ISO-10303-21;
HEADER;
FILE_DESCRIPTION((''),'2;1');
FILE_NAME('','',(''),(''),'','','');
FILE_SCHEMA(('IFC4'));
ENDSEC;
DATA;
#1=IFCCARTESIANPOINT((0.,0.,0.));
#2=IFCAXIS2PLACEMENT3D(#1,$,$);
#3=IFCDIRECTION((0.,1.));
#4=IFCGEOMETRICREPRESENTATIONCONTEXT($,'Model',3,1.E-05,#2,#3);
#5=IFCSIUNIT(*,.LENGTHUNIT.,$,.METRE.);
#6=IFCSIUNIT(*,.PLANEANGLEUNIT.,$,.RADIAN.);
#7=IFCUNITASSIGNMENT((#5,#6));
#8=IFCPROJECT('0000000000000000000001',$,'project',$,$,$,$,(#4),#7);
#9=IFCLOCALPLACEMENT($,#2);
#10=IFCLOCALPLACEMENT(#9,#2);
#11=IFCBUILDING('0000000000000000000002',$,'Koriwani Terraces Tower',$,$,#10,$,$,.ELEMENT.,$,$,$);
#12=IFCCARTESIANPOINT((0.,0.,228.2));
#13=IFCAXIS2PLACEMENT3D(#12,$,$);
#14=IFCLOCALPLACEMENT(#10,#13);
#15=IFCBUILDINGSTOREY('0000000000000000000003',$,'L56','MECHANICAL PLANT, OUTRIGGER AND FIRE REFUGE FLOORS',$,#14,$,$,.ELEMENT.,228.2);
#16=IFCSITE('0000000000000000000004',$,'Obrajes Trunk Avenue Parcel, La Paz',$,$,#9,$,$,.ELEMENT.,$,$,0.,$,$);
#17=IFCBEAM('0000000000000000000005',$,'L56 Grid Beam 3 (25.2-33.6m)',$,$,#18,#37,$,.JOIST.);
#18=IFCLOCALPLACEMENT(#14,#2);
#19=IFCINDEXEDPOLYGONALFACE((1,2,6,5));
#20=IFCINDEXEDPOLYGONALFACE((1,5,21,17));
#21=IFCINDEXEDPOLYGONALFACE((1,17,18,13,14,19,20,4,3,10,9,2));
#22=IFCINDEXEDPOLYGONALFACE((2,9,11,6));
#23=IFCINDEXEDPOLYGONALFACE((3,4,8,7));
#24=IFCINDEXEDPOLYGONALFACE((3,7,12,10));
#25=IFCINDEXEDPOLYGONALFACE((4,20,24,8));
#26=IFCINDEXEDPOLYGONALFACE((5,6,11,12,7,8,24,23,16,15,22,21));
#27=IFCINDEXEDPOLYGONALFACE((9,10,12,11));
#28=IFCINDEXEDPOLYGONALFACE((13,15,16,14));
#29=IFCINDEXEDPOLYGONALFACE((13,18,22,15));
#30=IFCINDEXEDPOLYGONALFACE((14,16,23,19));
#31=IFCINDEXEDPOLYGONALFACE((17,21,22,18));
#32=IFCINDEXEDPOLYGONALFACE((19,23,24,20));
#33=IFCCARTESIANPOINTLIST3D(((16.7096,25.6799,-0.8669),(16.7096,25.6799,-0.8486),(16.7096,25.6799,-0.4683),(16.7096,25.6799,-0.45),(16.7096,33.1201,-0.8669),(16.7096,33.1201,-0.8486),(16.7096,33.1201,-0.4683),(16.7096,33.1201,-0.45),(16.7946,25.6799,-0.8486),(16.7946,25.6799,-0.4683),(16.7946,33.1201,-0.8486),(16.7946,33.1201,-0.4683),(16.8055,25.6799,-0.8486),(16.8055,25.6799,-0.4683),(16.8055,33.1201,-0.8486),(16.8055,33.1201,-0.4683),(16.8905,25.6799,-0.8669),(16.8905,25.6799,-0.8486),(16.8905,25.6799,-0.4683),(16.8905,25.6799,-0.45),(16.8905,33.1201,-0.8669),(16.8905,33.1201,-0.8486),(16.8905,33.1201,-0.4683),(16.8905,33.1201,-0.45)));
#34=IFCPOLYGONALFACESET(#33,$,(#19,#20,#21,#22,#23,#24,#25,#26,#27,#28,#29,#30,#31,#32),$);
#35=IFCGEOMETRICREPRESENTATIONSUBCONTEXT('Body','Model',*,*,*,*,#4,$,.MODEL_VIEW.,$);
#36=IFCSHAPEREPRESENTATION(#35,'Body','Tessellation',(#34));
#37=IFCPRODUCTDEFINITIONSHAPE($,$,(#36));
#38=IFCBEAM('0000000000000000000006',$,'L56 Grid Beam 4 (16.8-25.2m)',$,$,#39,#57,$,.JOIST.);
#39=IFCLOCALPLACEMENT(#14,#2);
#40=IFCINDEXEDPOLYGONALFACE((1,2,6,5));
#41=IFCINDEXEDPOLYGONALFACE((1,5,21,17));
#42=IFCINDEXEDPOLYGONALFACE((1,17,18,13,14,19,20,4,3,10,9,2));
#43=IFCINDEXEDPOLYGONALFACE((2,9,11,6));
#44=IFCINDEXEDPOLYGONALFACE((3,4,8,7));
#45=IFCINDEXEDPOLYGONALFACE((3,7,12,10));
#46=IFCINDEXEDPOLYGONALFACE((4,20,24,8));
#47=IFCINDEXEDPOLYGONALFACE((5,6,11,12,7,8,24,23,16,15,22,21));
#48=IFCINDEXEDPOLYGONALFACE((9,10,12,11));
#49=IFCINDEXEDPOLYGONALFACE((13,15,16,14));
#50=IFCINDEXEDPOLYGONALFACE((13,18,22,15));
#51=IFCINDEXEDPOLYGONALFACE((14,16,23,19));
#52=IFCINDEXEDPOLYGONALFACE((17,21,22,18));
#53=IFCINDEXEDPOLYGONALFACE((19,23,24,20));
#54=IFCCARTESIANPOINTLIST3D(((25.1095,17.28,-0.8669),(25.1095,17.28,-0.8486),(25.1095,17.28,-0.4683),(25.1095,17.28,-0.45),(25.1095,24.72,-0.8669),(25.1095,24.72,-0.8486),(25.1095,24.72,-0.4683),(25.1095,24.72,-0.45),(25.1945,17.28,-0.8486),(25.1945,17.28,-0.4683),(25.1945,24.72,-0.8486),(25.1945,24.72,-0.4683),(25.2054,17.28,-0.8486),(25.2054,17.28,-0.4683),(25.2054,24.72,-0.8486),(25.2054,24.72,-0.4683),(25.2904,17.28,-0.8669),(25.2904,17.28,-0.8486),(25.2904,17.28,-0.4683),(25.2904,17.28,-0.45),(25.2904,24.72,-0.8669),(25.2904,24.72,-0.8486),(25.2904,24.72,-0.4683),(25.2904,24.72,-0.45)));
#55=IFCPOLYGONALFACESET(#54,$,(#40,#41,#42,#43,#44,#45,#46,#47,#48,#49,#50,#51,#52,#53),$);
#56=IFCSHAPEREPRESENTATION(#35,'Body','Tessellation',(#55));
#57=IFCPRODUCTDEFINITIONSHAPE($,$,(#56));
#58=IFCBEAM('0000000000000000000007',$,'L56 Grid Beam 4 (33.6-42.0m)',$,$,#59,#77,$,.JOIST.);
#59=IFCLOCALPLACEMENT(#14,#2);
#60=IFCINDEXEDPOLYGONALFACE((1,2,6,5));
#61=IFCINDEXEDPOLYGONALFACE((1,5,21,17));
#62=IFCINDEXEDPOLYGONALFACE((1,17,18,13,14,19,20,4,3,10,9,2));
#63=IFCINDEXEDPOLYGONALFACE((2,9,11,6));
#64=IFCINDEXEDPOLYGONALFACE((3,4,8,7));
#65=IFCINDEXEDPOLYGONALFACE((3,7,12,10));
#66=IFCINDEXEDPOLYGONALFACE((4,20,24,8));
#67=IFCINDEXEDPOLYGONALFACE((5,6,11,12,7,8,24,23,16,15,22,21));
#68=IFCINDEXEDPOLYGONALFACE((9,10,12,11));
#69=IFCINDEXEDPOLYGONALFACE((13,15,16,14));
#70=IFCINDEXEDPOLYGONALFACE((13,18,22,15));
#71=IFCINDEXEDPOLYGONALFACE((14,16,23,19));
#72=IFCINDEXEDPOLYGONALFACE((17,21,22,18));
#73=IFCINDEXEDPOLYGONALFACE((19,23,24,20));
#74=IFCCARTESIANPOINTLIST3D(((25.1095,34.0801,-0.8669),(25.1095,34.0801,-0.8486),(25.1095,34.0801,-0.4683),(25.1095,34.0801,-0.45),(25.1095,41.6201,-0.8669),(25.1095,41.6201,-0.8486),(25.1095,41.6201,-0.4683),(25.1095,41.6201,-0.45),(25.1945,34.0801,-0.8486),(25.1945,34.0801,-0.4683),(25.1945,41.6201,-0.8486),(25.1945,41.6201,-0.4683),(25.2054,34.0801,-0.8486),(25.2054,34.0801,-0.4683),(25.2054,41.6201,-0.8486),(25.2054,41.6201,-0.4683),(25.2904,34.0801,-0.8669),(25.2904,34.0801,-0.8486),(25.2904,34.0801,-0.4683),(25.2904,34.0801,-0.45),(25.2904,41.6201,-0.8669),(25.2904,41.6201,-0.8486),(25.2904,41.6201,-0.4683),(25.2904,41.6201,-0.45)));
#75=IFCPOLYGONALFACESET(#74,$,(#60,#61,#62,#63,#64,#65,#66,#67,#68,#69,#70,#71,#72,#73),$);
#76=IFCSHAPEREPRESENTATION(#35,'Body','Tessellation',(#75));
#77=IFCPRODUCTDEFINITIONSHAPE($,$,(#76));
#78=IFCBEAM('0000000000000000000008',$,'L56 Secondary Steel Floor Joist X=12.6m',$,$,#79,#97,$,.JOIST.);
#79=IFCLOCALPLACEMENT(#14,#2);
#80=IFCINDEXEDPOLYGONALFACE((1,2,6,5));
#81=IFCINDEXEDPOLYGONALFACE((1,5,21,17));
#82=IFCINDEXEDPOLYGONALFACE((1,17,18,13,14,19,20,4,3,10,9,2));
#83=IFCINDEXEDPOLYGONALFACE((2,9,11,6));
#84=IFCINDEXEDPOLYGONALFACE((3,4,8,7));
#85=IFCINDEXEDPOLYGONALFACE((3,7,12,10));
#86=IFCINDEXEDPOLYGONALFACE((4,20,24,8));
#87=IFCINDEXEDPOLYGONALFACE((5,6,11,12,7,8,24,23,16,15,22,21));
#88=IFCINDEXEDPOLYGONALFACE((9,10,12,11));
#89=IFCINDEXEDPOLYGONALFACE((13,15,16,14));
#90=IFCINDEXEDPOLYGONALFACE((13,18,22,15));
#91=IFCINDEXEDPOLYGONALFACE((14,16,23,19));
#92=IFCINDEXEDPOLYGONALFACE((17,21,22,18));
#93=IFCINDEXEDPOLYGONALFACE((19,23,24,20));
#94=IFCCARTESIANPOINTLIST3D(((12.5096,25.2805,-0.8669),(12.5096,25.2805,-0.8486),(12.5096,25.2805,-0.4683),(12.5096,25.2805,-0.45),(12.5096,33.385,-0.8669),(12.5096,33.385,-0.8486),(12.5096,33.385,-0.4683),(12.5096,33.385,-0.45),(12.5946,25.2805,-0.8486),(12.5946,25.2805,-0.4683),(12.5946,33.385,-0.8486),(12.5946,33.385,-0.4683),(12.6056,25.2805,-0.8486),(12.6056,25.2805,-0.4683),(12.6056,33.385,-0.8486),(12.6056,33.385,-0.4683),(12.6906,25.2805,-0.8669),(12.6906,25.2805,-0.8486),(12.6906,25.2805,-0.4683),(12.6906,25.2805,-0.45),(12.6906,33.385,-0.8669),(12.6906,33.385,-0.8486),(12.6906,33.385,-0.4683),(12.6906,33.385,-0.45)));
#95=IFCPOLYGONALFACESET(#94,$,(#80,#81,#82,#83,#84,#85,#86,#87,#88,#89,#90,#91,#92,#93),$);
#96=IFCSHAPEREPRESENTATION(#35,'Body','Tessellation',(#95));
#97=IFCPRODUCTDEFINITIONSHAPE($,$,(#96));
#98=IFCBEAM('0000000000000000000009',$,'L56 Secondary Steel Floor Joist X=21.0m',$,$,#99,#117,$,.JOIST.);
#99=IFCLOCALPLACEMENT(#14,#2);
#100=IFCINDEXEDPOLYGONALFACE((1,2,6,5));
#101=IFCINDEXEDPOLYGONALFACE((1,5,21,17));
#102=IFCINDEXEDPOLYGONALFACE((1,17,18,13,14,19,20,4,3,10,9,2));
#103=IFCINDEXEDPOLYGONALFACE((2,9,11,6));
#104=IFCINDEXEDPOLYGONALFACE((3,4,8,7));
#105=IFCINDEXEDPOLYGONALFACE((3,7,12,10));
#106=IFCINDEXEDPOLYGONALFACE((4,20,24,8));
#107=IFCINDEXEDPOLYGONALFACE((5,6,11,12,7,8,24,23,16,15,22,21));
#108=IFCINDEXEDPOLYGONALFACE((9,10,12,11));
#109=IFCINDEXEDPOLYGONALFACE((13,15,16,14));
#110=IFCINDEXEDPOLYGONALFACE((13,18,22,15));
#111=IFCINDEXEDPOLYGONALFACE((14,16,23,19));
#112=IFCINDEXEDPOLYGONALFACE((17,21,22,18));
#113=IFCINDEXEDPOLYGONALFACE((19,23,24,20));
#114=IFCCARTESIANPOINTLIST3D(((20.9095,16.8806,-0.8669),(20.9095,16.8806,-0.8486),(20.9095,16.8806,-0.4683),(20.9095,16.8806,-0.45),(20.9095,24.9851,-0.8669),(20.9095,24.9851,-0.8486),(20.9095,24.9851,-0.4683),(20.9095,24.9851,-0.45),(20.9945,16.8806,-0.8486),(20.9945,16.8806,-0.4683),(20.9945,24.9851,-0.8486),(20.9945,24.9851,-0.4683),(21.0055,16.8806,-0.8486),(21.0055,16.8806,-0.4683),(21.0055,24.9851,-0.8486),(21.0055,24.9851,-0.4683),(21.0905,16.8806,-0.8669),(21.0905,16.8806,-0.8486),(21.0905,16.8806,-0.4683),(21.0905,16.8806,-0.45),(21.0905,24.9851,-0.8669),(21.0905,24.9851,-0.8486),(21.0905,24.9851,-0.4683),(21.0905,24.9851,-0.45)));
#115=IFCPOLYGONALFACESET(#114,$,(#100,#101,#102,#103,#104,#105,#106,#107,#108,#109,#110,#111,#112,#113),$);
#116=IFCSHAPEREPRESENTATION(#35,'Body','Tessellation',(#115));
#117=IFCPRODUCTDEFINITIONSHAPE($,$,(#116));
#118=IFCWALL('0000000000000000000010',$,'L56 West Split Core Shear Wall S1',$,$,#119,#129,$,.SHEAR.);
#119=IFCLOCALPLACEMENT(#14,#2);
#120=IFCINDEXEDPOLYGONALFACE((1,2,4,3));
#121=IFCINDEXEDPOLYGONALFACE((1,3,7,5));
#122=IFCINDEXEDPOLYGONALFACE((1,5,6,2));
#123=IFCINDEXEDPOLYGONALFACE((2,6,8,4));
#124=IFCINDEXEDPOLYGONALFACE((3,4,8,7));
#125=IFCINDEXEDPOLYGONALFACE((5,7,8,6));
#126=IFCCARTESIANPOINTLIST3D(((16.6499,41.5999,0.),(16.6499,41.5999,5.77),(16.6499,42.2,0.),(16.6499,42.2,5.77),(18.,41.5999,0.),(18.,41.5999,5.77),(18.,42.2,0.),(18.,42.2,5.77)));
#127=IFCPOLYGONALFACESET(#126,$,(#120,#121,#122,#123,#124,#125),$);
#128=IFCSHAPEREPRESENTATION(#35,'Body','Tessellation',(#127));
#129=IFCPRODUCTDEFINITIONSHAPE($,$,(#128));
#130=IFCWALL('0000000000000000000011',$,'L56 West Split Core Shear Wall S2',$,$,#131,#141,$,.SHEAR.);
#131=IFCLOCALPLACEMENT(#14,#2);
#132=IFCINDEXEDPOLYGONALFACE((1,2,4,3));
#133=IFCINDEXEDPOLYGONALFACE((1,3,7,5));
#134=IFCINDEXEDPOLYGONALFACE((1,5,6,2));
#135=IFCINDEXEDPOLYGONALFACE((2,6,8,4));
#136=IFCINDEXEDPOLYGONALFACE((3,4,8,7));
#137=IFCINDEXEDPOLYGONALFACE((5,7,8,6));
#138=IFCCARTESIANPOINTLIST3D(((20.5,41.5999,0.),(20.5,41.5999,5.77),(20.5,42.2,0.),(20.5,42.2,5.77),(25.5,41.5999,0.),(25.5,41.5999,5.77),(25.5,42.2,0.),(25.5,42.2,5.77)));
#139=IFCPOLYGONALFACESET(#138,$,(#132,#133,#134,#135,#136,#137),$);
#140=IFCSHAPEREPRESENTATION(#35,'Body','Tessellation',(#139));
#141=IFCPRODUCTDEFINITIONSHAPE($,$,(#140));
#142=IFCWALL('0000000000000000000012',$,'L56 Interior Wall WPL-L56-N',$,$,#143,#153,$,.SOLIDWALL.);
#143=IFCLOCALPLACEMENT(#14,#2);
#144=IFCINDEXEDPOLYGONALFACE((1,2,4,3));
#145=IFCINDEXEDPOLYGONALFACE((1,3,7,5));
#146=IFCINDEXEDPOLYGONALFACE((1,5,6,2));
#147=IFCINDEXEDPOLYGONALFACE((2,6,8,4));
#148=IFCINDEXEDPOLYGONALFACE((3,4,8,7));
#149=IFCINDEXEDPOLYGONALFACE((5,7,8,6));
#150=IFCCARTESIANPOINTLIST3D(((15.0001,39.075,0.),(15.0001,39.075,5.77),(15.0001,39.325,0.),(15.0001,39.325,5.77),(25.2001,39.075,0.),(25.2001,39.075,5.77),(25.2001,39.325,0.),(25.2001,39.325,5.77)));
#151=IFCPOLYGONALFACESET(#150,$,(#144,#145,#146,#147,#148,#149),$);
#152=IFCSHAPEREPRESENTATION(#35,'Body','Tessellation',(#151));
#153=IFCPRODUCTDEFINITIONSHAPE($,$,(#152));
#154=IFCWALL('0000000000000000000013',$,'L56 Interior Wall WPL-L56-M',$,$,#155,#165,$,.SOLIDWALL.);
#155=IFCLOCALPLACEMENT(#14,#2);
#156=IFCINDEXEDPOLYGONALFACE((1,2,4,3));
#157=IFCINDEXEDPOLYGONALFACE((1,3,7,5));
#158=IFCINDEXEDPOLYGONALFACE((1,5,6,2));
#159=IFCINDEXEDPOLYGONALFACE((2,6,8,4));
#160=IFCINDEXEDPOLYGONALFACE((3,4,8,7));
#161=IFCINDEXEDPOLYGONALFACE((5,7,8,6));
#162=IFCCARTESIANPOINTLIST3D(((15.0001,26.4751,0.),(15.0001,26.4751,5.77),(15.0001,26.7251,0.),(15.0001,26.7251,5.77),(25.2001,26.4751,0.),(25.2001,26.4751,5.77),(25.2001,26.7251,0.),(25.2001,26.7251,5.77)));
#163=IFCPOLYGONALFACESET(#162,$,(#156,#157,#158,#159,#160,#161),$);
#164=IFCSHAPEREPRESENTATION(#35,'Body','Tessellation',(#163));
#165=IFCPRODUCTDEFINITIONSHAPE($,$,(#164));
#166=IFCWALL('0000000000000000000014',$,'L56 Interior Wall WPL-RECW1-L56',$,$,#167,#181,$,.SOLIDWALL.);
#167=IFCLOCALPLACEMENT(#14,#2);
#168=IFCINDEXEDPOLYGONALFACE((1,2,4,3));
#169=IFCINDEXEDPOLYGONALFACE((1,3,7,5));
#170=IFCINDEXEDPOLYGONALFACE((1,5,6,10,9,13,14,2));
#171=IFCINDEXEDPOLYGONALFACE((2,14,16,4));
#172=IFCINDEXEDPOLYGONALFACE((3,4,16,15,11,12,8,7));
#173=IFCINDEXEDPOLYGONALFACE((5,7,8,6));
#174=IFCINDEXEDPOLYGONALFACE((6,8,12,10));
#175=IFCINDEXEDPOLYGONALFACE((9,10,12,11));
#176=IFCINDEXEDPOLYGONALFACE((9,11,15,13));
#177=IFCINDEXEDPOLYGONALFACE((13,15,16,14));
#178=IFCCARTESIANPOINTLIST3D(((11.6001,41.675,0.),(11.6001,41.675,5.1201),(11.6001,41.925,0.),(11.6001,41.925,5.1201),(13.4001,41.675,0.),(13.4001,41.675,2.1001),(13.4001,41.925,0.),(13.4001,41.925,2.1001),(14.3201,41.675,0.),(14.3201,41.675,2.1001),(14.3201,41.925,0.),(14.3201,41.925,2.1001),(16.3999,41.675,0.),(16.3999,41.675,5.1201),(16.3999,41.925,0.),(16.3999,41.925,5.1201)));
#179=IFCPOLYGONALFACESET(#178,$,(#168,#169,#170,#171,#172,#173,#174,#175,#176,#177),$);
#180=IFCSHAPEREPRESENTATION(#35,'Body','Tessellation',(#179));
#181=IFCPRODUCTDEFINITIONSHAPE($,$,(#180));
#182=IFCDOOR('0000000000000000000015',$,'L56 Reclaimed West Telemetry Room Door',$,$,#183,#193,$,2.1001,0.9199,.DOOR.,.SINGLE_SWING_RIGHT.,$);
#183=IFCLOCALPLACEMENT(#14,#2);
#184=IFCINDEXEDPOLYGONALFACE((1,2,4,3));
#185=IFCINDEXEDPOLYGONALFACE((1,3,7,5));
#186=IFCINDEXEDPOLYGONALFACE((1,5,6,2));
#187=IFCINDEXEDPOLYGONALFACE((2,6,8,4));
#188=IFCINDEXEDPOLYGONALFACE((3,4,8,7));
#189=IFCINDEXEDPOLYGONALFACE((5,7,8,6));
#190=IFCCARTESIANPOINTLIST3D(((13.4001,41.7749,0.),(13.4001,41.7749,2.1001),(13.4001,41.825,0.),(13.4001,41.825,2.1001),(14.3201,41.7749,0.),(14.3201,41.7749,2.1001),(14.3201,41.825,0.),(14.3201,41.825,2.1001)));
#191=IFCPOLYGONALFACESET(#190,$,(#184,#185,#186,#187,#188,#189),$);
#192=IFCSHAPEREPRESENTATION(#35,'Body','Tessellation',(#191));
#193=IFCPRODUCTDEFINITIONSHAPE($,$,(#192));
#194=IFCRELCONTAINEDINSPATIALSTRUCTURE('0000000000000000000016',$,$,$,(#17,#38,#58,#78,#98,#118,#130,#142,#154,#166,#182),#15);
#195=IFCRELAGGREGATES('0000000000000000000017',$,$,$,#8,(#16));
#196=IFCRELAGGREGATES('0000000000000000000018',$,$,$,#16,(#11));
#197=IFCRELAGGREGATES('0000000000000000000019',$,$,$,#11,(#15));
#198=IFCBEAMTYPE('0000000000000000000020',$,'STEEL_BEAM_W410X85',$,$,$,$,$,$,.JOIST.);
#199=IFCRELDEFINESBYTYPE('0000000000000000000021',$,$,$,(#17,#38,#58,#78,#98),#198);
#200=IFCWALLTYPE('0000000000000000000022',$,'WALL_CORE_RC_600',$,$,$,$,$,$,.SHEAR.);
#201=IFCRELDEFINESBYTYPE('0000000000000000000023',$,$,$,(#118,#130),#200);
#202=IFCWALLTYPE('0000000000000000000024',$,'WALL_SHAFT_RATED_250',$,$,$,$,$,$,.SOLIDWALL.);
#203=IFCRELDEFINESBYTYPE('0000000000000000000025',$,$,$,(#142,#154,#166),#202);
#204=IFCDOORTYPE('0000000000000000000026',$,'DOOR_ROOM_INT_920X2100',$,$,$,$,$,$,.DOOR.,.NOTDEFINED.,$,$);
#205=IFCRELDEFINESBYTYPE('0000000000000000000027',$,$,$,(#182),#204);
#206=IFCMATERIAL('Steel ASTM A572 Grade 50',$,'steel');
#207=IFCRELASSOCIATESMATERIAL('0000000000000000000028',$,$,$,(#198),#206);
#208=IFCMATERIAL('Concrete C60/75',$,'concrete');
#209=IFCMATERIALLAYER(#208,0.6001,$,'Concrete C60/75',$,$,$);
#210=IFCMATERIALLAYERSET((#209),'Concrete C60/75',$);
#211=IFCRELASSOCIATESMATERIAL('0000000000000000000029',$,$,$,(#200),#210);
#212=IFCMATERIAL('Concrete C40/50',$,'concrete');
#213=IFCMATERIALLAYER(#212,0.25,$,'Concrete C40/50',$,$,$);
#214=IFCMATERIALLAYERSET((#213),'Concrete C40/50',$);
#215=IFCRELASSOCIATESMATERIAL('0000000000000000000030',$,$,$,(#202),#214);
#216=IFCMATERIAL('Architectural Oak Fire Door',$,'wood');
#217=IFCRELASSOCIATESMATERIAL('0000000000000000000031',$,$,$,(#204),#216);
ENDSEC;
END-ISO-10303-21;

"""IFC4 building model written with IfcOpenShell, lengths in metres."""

from ifc_helpers import new_model, si_unit, direction, frame, frame_2d, origin, origin_2d, place, context, subcontext, project, spatial, rectangle, i_section, extrude, material, layer, layer_set, material_profile, profile_set, type_object, element, fill, save


model = new_model("IFC4")

# Units and contexts
model_context = context("Model", 3, precision=1e-05, world=origin(), true_north=direction((0.0, 1.0)))
body_context = subcontext(model_context, "Body", "Model", "MODEL_VIEW")
ifc_project = project(units=[si_unit("LENGTHUNIT", "METRE"), si_unit("PLANEANGLEUNIT", "RADIAN")], contexts=[model_context])

# Site, building, storey
site_placement = place(None, origin())
site = spatial("IfcSite", under=ifc_project, at=site_placement, Name="Obrajes Trunk Avenue Parcel, La Paz", CompositionType="ELEMENT", RefElevation=0.0)
building_placement = place(site_placement, origin())
building = spatial("IfcBuilding", under=site, at=building_placement, Name="Koriwani Terraces Tower", CompositionType="ELEMENT")
storey_placement = place(building_placement, frame((0.0, 0.0, 228.2)))
storey = spatial("IfcBuildingStorey", under=building, at=storey_placement, Name="L56", Description="MECHANICAL PLANT, OUTRIGGER AND FIRE REFUGE FLOORS", CompositionType="ELEMENT", Elevation=228.2)

# Beams
ifc_material_1 = material(Name="Steel ASTM A572 Grade 50", Category="steel")
ifc_material_profile_1 = material_profile(ifc_material_1, i_section(OverallWidth=0.1809, OverallDepth=0.417, WebThickness=0.011, FlangeThickness=0.0183, at=origin_2d()), Name="Steel ASTM A572 Grade 50", Category="LoadBearing")
ifc_profile_set_1 = profile_set([ifc_material_profile_1], Name="Steel ASTM A572 Grade 50")
beam_type_1 = type_object("IfcBeamType", Name="STEEL_BEAM_W410X85", PredefinedType="JOIST", material=ifc_profile_set_1)
beam_1_placement = place(storey_placement, frame((16.8, 25.6799, -0.6584), z_axis=(0.0, 1.0, 0.0), x_axis=(-1.0, 0.0, 0.0)))
element("IfcBeam", 1, at=beam_1_placement, inside=storey, type_object=beam_type_1, Name="L56 Grid Beam 3 (25.2-33.6m)", PredefinedType="JOIST", context=body_context, shape_type="SweptSolid", body=[
    extrude(i_section(OverallWidth=0.1809, OverallDepth=0.417, WebThickness=0.011, FlangeThickness=0.0183, at=origin_2d()), origin(), (0.0, 0.0, 1.0), 7.4402),
])
beam_2_placement = place(storey_placement, frame((25.2, 17.28, -0.6584), z_axis=(0.0, 1.0, 0.0), x_axis=(-1.0, 0.0, 0.0)))
element("IfcBeam", 2, at=beam_2_placement, inside=storey, type_object=beam_type_1, Name="L56 Grid Beam 4 (16.8-25.2m)", PredefinedType="JOIST", context=body_context, shape_type="SweptSolid", body=[
    extrude(i_section(OverallWidth=0.1809, OverallDepth=0.417, WebThickness=0.011, FlangeThickness=0.0183, at=origin_2d()), origin(), (0.0, 0.0, 1.0), 7.4399),
])
beam_3_placement = place(storey_placement, frame((25.2, 34.0801, -0.6584), z_axis=(0.0, 1.0, 0.0), x_axis=(-1.0, 0.0, 0.0)))
element("IfcBeam", 3, at=beam_3_placement, inside=storey, type_object=beam_type_1, Name="L56 Grid Beam 4 (33.6-42.0m)", PredefinedType="JOIST", context=body_context, shape_type="SweptSolid", body=[
    extrude(i_section(OverallWidth=0.1809, OverallDepth=0.417, WebThickness=0.011, FlangeThickness=0.0183, at=origin_2d()), origin(), (0.0, 0.0, 1.0), 7.54),
])
for number, where, z_axis, x_axis, name in (
    (4, (12.6001, 25.2805, -0.6584), (0.0, 1.0, 0.0), (-1.0, 0.0, 0.0), "L56 Secondary Steel Floor Joist X=12.6m"),
    (5, (21.0, 16.8806, -0.6584), (0.0, 1.0, 0.0), (-1.0, 0.0, 0.0), "L56 Secondary Steel Floor Joist X=21.0m"),
):
    element("IfcBeam", number, at=place(storey_placement, frame(where, z_axis=z_axis, x_axis=x_axis)), inside=storey, type_object=beam_type_1, Name=name, PredefinedType="JOIST", context=body_context, shape_type="SweptSolid", body=[
        extrude(i_section(OverallWidth=0.1809, OverallDepth=0.417, WebThickness=0.011, FlangeThickness=0.0183, at=origin_2d()), origin(), (0.0, 0.0, 1.0), 8.1045),
    ])

# Walls
ifc_material_2 = material(Name="Concrete C60/75", Category="concrete")
ifc_layer_1 = layer(ifc_material_2, 0.6001, Name="Concrete C60/75")
ifc_layer_set_1 = layer_set([ifc_layer_1], Name="Concrete C60/75")
wall_type_1 = type_object("IfcWallType", Name="WALL_CORE_RC_600", PredefinedType="SHEAR", material=ifc_layer_set_1)
wall_1_placement = place(storey_placement, frame((16.6499, 41.8999, 0.0), z_axis=(0.0, 0.0, 1.0), x_axis=(1.0, 0.0, 0.0)))
element("IfcWall", 6, at=wall_1_placement, inside=storey, type_object=wall_type_1, Name="L56 West Split Core Shear Wall S1", PredefinedType="SHEAR", context=body_context, shape_type="SweptSolid", body=[
    extrude(rectangle(XDim=1.3501, YDim=0.6001, at=frame_2d((0.675, 0.0))), origin(), (0.0, 0.0, 1.0), 5.77),
])
wall_2_placement = place(storey_placement, frame((20.5, 41.8999, 0.0), z_axis=(0.0, 0.0, 1.0), x_axis=(1.0, 0.0, 0.0)))
element("IfcWall", 7, at=wall_2_placement, inside=storey, type_object=wall_type_1, Name="L56 West Split Core Shear Wall S2", PredefinedType="SHEAR", context=body_context, shape_type="SweptSolid", body=[
    extrude(rectangle(XDim=5.0, YDim=0.6001, at=frame_2d((2.5, 0.0))), origin(), (0.0, 0.0, 1.0), 5.77),
])
ifc_material_3 = material(Name="Concrete C40/50", Category="concrete")
ifc_layer_2 = layer(ifc_material_3, 0.25, Name="Concrete C40/50")
ifc_layer_set_2 = layer_set([ifc_layer_2], Name="Concrete C40/50")
wall_type_2 = type_object("IfcWallType", Name="WALL_SHAFT_RATED_250", PredefinedType="SOLIDWALL", material=ifc_layer_set_2)
for number, where, z_axis, x_axis, name in (
    (8, (15.0, 39.2, 0.0), (0.0, 0.0, 1.0), (1.0, 0.0, 0.0), "L56 Interior Wall WPL-L56-N"),
    (9, (15.0, 26.6001, 0.0), (0.0, 0.0, 1.0), (1.0, 0.0, 0.0), "L56 Interior Wall WPL-L56-M"),
):
    element("IfcWall", number, at=place(storey_placement, frame(where, z_axis=z_axis, x_axis=x_axis)), inside=storey, type_object=wall_type_2, Name=name, PredefinedType="SOLIDWALL", context=body_context, shape_type="SweptSolid", body=[
        extrude(rectangle(XDim=10.2, YDim=0.25, at=frame_2d((5.1001, 0.0))), origin(), (0.0, 0.0, 1.0), 5.77),
    ])

# Wall, opening, door
wall_3_placement = place(storey_placement, frame((11.6001, 41.8, 0.0), z_axis=(0.0, 0.0, 1.0), x_axis=(1.0, 0.0, 0.0)))
wall_3 = element("IfcWall", 10, at=wall_3_placement, inside=storey, type_object=wall_type_2, Name="L56 Interior Wall WPL-RECW1-L56", PredefinedType="SOLIDWALL", context=body_context, shape_type="SweptSolid", body=[
    extrude(rectangle(XDim=4.7998, YDim=0.25, at=frame_2d((2.3999, 0.0))), origin(), (0.0, 0.0, 1.0), 5.1201),
])
opening_placement = place(wall_3_placement, frame((1.8, 0.0, 0.0)))
opening = element("IfcOpeningElement", 11, at=opening_placement, cuts=wall_3, PredefinedType="OPENING", context=body_context, shape_type="SweptSolid", body=[
    extrude(rectangle(XDim=0.9199, YDim=2.1001, at=frame_2d((0.46, 1.05))), frame((0.0, 0.135, 0.0), z_axis=(0.0, -1.0, 0.0), x_axis=(1.0, 0.0, 0.0)), (0.0, 0.0, 1.0), 0.27),
])
ifc_material_4 = material(Name="Architectural Oak Fire Door", Category="wood")
door_type = type_object("IfcDoorType", Name="DOOR_ROOM_INT_920X2100", OperationType="NOTDEFINED", PredefinedType="DOOR", material=ifc_material_4)
door_placement = place(opening_placement, origin())
door = element("IfcDoor", 12, at=door_placement, inside=storey, type_object=door_type, Name="L56 Reclaimed West Telemetry Room Door", OperationType="SINGLE_SWING_RIGHT", OverallHeight=2.1001, OverallWidth=0.9199, PredefinedType="DOOR", context=body_context, shape_type="SweptSolid", body=[
    extrude(rectangle(XDim=0.9199, YDim=2.1001, at=frame_2d((0.46, 1.05))), frame((0.0, 0.0249, 0.0), z_axis=(0.0, -1.0, 0.0), x_axis=(1.0, 0.0, 0.0)), (0.0, 0.0, 1.0), 0.05),
])
fill(opening, door)

save(model, "model.ifc")
